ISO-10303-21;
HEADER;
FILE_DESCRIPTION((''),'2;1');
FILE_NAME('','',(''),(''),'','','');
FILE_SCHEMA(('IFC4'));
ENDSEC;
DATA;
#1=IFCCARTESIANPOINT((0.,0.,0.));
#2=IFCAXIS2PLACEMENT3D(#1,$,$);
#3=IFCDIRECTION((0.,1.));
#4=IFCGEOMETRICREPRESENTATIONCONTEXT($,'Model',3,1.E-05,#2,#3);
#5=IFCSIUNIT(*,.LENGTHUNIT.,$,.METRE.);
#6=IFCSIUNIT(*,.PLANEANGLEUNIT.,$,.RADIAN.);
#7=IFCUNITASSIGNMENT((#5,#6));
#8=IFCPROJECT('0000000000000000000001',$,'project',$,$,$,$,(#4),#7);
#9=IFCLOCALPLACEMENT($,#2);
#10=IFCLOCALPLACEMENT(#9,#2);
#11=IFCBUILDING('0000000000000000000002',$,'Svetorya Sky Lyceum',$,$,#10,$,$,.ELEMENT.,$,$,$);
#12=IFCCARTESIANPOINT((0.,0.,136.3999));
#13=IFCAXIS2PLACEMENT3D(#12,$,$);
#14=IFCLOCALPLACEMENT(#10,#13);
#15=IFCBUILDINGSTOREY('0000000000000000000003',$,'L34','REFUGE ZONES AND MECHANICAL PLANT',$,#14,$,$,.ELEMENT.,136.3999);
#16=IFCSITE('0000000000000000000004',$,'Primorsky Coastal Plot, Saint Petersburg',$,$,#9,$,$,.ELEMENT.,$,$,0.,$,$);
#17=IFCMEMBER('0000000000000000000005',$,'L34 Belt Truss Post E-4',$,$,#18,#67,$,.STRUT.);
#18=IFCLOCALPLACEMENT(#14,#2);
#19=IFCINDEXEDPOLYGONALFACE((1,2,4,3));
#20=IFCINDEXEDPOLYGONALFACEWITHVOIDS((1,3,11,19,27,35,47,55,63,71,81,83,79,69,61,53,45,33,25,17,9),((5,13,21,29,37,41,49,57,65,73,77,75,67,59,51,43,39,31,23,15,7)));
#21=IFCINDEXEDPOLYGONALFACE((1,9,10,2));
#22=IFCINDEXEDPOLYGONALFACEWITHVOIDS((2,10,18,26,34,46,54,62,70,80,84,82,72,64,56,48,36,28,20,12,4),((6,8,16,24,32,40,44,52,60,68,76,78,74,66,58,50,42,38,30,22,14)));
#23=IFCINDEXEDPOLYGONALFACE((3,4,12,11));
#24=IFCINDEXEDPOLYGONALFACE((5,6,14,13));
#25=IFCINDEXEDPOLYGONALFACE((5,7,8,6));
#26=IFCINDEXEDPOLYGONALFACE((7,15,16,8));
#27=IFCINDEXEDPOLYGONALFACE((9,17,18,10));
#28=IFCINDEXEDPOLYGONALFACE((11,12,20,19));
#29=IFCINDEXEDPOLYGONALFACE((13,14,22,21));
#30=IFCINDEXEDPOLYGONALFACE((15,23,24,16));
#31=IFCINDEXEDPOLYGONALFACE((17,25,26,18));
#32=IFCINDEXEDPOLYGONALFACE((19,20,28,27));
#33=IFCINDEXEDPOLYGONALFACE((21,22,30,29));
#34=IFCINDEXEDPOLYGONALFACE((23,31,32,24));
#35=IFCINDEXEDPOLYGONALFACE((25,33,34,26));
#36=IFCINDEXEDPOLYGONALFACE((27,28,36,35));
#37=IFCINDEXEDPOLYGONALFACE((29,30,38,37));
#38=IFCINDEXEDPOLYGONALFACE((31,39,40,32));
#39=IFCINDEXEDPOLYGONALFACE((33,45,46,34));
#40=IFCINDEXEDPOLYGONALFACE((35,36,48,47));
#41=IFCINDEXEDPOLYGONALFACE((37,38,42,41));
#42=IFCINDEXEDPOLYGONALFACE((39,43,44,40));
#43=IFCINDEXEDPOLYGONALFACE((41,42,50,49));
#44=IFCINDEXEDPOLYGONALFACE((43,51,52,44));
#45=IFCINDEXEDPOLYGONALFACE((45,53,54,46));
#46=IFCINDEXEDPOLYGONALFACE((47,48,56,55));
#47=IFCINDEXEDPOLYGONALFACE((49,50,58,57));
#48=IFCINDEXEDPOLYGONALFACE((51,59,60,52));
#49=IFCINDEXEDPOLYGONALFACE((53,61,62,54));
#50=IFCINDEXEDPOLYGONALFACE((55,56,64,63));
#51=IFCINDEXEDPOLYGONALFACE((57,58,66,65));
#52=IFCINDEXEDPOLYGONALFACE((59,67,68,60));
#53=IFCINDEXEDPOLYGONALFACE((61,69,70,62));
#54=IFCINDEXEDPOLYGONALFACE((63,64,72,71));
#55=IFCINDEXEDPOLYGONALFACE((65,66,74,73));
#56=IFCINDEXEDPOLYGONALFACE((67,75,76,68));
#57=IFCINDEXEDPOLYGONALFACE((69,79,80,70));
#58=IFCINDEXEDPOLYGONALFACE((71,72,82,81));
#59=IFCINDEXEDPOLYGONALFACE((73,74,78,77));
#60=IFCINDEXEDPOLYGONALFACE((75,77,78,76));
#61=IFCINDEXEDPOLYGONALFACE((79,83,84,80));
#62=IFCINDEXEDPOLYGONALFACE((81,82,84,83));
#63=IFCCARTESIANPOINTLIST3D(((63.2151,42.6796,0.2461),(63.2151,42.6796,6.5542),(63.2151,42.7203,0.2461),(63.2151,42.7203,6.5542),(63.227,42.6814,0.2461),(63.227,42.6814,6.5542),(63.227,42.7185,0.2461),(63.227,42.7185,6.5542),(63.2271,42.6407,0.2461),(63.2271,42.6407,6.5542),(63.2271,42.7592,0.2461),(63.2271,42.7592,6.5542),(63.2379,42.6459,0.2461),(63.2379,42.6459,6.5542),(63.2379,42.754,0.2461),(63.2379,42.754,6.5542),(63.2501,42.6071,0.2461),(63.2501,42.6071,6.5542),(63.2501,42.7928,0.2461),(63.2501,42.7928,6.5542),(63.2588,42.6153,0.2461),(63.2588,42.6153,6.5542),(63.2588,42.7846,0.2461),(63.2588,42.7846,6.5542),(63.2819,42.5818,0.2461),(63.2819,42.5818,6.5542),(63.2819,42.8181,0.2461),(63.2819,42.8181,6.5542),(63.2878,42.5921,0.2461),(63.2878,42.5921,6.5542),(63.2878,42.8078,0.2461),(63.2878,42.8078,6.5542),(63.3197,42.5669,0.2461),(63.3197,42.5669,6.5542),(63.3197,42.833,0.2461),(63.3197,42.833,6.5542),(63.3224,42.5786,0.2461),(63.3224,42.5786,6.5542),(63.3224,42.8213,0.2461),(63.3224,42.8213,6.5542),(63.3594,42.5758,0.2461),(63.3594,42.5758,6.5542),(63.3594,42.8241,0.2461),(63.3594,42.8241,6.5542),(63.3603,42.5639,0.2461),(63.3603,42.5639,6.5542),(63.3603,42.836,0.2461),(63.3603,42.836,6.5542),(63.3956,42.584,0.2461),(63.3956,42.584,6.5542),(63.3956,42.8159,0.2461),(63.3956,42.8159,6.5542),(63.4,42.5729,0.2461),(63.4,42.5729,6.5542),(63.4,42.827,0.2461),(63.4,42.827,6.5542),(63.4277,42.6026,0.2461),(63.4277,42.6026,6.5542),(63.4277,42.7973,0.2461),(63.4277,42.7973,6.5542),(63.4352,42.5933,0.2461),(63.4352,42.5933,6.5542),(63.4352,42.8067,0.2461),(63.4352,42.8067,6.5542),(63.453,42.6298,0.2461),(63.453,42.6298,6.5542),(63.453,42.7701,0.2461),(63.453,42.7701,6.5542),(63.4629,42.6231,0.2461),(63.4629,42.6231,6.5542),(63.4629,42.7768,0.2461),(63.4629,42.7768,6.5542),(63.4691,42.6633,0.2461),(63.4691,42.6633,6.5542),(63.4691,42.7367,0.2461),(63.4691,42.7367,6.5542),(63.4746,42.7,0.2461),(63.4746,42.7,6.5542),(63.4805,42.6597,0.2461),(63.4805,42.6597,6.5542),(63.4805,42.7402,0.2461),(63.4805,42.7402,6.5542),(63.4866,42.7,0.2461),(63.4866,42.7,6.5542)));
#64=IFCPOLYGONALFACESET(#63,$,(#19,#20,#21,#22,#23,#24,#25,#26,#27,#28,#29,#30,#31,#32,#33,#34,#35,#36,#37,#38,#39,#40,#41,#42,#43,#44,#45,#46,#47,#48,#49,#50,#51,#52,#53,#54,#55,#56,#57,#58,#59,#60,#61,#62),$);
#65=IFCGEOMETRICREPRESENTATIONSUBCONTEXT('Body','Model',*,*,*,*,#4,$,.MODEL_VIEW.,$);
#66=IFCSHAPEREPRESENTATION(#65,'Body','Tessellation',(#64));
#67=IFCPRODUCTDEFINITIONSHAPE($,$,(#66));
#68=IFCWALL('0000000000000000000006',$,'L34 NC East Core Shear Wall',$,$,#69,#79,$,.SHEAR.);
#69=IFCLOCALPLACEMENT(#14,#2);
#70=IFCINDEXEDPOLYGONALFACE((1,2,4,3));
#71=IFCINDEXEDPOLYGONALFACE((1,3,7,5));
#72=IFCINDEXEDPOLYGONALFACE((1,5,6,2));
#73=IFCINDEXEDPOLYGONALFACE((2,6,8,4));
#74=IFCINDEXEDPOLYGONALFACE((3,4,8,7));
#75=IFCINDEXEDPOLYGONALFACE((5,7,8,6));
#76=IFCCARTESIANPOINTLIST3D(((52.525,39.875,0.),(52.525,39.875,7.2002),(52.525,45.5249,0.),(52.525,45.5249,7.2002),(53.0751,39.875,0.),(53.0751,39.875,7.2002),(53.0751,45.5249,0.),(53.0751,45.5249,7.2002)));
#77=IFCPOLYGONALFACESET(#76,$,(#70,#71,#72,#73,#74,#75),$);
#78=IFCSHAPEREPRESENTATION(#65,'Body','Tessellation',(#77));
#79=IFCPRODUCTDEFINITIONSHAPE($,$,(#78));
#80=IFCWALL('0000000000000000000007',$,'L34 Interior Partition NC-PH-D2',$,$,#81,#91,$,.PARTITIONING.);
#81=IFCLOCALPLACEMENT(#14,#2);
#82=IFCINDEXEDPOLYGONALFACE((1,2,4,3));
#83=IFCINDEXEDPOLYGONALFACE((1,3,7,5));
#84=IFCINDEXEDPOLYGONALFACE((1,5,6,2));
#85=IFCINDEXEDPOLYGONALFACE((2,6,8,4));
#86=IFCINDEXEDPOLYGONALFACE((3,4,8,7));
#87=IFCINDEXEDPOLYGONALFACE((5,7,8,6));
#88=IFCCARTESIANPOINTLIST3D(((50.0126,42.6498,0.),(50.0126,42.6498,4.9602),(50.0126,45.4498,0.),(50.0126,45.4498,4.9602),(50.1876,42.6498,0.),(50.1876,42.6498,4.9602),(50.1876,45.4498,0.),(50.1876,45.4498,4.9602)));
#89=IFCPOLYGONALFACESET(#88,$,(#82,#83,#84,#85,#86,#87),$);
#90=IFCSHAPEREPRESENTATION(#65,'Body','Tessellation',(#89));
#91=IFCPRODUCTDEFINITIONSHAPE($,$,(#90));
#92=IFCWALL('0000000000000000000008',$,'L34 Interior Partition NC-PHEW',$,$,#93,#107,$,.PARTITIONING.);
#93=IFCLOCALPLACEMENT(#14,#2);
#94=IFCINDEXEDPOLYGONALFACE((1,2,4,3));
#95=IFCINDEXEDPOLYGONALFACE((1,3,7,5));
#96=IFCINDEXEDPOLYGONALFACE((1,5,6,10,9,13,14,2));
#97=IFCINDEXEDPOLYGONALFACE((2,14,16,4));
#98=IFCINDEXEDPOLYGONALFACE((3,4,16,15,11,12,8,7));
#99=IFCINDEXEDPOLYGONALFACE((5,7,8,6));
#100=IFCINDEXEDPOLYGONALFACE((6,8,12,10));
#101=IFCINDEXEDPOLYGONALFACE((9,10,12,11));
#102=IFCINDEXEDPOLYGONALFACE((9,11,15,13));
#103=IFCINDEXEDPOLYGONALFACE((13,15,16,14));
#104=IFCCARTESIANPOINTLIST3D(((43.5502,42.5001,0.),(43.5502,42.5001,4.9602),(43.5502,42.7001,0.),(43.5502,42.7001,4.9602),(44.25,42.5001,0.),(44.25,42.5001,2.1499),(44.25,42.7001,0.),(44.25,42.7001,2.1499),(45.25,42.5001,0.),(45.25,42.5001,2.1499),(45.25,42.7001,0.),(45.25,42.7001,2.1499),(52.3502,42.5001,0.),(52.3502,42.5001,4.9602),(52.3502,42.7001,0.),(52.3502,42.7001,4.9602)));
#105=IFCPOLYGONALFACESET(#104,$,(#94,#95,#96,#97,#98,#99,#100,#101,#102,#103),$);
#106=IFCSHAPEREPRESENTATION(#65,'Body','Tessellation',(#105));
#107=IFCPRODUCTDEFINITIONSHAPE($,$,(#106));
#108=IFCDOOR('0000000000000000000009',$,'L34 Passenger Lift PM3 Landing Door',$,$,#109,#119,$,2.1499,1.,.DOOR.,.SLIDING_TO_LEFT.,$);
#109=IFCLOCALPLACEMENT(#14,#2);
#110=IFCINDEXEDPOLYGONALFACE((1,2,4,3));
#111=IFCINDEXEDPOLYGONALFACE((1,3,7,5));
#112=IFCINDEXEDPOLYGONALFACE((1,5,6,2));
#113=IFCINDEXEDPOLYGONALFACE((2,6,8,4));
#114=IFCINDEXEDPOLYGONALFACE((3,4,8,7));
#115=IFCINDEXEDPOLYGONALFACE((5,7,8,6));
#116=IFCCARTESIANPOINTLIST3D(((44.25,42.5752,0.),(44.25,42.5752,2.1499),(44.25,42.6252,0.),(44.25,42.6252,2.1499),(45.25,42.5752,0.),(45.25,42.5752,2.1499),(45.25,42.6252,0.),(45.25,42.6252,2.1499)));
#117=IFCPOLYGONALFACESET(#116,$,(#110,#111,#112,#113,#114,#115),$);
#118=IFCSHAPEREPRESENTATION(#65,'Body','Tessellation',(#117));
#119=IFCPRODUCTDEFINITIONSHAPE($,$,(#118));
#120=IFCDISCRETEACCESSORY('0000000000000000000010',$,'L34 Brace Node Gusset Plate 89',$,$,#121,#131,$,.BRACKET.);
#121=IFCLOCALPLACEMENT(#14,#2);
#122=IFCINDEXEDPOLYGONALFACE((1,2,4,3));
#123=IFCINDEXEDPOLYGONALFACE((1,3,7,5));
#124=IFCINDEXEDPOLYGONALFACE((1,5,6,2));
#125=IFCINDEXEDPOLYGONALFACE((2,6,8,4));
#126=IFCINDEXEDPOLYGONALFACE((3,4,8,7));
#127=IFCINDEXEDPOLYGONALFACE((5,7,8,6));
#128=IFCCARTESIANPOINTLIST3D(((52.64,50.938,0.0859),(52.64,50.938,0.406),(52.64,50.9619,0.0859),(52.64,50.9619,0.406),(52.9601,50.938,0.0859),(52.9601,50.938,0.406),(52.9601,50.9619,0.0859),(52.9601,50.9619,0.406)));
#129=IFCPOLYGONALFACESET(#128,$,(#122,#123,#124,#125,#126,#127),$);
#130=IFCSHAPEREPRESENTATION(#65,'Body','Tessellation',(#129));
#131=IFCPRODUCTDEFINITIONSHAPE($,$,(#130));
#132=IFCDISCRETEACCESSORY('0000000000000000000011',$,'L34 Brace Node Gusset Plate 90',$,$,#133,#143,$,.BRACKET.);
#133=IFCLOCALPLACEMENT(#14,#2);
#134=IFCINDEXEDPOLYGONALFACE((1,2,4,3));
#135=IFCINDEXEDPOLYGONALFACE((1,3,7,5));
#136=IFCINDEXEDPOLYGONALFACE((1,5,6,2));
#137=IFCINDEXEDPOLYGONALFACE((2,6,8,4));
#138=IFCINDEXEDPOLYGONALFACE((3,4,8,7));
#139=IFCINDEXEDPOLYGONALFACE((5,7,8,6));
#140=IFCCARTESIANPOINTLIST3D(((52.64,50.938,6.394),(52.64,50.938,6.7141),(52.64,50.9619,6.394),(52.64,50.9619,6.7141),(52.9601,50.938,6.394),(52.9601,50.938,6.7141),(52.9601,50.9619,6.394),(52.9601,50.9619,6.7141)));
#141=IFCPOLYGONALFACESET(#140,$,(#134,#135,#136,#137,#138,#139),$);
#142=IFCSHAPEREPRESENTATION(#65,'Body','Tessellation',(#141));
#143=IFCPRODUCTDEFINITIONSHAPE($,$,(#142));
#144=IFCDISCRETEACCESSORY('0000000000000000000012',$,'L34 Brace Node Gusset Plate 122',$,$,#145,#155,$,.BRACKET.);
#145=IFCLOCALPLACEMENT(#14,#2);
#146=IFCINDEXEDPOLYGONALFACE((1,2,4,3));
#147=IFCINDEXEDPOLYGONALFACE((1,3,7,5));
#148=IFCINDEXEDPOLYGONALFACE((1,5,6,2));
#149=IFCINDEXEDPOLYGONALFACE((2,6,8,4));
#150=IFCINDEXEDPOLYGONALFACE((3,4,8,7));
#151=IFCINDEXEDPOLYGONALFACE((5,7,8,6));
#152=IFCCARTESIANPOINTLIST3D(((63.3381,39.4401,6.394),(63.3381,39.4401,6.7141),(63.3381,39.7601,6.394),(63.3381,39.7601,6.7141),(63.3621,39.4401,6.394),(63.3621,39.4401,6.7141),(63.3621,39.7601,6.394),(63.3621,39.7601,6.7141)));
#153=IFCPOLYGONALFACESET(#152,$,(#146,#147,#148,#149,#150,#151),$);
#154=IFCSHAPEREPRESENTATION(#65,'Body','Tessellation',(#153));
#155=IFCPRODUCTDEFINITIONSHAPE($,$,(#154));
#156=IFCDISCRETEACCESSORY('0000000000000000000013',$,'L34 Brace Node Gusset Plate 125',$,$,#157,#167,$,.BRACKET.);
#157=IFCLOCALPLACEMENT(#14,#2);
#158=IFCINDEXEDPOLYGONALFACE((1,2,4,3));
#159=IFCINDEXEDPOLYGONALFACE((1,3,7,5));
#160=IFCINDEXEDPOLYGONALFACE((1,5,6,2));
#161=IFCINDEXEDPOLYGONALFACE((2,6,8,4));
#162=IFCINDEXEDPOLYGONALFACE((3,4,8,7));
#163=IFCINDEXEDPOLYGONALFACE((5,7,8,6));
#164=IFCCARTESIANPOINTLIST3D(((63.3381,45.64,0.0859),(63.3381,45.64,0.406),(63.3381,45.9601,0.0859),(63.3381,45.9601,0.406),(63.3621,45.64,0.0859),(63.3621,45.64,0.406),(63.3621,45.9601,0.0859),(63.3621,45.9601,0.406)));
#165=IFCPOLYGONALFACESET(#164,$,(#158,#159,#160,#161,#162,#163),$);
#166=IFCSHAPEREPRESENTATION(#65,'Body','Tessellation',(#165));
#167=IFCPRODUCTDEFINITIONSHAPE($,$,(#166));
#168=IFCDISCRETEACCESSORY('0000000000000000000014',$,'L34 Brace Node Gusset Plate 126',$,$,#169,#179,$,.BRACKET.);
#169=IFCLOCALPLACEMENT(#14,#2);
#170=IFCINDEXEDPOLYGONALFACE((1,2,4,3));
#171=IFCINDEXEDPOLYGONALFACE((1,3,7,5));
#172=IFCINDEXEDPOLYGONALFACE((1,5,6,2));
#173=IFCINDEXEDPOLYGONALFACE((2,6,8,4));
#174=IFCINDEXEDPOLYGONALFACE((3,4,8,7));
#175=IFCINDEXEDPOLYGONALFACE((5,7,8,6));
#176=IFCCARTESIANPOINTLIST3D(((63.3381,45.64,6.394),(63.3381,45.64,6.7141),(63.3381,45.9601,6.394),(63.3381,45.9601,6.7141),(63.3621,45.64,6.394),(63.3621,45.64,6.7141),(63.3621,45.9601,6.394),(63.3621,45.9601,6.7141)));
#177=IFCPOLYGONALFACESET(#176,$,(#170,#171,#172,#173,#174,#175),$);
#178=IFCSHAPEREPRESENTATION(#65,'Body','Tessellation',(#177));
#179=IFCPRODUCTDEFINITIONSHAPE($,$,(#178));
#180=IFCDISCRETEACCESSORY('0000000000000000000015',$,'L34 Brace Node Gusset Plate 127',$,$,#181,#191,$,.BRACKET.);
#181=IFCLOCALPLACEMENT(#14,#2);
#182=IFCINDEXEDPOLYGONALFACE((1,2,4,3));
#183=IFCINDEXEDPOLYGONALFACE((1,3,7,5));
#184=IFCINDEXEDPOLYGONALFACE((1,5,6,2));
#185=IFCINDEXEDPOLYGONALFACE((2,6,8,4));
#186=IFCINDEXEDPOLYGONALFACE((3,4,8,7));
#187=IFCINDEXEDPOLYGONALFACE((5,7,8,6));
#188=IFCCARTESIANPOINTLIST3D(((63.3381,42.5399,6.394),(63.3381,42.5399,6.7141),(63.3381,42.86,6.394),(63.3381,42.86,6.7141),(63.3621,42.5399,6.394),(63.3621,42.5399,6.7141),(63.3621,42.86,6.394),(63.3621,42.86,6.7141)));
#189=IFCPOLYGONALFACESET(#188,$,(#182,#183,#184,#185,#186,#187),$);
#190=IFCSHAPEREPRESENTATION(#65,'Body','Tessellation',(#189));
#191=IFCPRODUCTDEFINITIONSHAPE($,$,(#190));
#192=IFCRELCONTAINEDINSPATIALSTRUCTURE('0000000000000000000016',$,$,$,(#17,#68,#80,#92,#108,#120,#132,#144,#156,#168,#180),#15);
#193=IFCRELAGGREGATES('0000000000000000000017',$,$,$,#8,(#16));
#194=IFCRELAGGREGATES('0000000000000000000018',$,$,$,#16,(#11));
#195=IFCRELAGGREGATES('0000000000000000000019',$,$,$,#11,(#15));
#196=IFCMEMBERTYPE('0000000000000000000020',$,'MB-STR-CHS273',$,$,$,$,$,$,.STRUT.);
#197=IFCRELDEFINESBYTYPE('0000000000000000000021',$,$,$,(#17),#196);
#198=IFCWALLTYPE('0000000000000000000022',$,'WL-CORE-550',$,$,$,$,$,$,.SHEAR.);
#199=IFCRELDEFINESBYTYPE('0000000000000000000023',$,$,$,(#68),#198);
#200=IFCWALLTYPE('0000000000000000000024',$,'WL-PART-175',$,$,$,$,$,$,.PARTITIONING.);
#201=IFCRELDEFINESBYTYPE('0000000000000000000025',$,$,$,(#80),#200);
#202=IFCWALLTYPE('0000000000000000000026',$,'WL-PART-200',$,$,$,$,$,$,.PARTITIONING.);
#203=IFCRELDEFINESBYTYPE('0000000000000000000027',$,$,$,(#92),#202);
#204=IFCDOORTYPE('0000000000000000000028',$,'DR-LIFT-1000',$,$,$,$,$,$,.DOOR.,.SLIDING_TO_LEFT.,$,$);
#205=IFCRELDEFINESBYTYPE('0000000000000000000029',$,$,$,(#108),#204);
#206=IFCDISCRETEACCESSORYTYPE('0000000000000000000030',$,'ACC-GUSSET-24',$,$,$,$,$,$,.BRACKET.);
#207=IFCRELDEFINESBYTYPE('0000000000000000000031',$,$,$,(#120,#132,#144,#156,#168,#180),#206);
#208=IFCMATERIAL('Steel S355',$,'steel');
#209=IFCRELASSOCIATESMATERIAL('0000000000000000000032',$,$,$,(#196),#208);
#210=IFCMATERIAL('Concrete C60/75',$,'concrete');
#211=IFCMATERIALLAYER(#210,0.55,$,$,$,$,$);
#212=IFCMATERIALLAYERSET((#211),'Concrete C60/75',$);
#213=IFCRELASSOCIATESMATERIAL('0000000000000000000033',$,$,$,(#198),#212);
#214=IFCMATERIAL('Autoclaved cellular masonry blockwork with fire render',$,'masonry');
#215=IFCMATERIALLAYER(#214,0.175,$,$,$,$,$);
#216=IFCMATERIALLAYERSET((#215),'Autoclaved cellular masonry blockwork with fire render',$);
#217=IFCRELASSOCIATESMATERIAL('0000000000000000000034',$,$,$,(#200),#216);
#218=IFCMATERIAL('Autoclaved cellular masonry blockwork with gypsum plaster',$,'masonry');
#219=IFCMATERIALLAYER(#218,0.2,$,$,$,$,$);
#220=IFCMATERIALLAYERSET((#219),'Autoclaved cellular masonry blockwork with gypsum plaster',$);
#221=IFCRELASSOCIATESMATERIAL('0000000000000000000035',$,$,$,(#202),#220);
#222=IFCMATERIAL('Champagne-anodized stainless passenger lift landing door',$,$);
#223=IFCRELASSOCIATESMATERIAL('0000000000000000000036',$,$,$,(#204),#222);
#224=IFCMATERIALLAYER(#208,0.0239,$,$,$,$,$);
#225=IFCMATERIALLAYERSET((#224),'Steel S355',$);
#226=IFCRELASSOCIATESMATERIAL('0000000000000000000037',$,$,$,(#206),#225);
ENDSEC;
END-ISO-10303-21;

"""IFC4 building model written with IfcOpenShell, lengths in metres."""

from ifc_helpers import new_model, si_unit, direction, frame, frame_2d, origin, origin_2d, place, context, subcontext, project, spatial, rectangle, hollow_circle, extrude, material, layer, layer_set, material_profile, profile_set, type_object, element, fill, save


model = new_model("IFC4")

# Units and contexts
model_context = context("Model", 3, precision=1e-05, world=origin(), true_north=direction((0.0, 1.0)))
body_context = subcontext(model_context, "Body", "Model", "MODEL_VIEW")
ifc_project = project(units=[si_unit("LENGTHUNIT", "METRE"), si_unit("PLANEANGLEUNIT", "RADIAN")], contexts=[model_context])

# Site, building, storey
site_placement = place(None, origin())
site = spatial("IfcSite", under=ifc_project, at=site_placement, Name="Primorsky Coastal Plot, Saint Petersburg", CompositionType="ELEMENT", RefElevation=0.0)
building_placement = place(site_placement, origin())
building = spatial("IfcBuilding", under=site, at=building_placement, Name="Svetorya Sky Lyceum", CompositionType="ELEMENT")
storey_placement = place(building_placement, frame((0.0, 0.0, 136.3999)))
storey = spatial("IfcBuildingStorey", under=building, at=storey_placement, Name="L34", Description="REFUGE ZONES AND MECHANICAL PLANT", CompositionType="ELEMENT", Elevation=136.3999)

# Shared definitions
ifc_material_1 = material(Name="Steel S355", Category="steel")
ifc_material_2 = material(Name="Concrete C60/75", Category="concrete")

# Member
ifc_material_profile_1 = material_profile(ifc_material_1, hollow_circle(Radius=0.1365, WallThickness=0.012, at=origin_2d()), Name="CHS 273x12")
ifc_profile_set_1 = profile_set([ifc_material_profile_1], Name="Steel S355")
member_type_1 = type_object("IfcMemberType", Name="MB-STR-CHS273", PredefinedType="STRUT", material=ifc_profile_set_1)
member_1_placement = place(storey_placement, frame((63.3501, 42.7, 0.2461), z_axis=(0.0, 0.0, 1.0), x_axis=(1.0, 0.0, 0.0)))
element("IfcMember", 1, at=member_1_placement, inside=storey, type_object=member_type_1, Name="L34 Belt Truss Post E-4", PredefinedType="STRUT", context=body_context, shape_type="SweptSolid", body=[
    extrude(hollow_circle(Radius=0.1365, WallThickness=0.012, at=origin_2d()), origin(), (0.0, 0.0, 1.0), 6.3081),
])

# Walls
ifc_layer_1 = layer(ifc_material_2, 0.55)
ifc_layer_set_1 = layer_set([ifc_layer_1], Name="Concrete C60/75")
wall_type_1 = type_object("IfcWallType", Name="WL-CORE-550", PredefinedType="SHEAR", material=ifc_layer_set_1)
wall_1_placement = place(storey_placement, frame((52.8, 39.875, 0.0), z_axis=(0.0, 0.0, 1.0), x_axis=(0.0, 1.0, 0.0)))
element("IfcWall", 2, at=wall_1_placement, inside=storey, type_object=wall_type_1, Name="L34 NC East Core Shear Wall", PredefinedType="SHEAR", context=body_context, shape_type="SweptSolid", body=[
    extrude(rectangle(XDim=5.6499, YDim=0.55, at=frame_2d((2.825, 0.0))), origin(), (0.0, 0.0, 1.0), 7.2002),
])
ifc_material_3 = material(Name="Autoclaved cellular masonry blockwork with fire render", Category="masonry")
ifc_layer_2 = layer(ifc_material_3, 0.175)
ifc_layer_set_2 = layer_set([ifc_layer_2], Name="Autoclaved cellular masonry blockwork with fire render")
wall_type_2 = type_object("IfcWallType", Name="WL-PART-175", PredefinedType="PARTITIONING", material=ifc_layer_set_2)
wall_2_placement = place(storey_placement, frame((50.1001, 42.6499, 0.0), z_axis=(0.0, 0.0, 1.0), x_axis=(0.0, 1.0, 0.0)))
element("IfcWall", 3, at=wall_2_placement, inside=storey, type_object=wall_type_2, Name="L34 Interior Partition NC-PH-D2", PredefinedType="PARTITIONING", context=body_context, shape_type="SweptSolid", body=[
    extrude(rectangle(XDim=2.8, YDim=0.175, at=frame_2d((1.3999, 0.0))), origin(), (0.0, 0.0, 1.0), 4.9602),
])

# Wall, opening, door
ifc_material_4 = material(Name="Autoclaved cellular masonry blockwork with gypsum plaster", Category="masonry")
ifc_layer_3 = layer(ifc_material_4, 0.2)
ifc_layer_set_3 = layer_set([ifc_layer_3], Name="Autoclaved cellular masonry blockwork with gypsum plaster")
wall_type_3 = type_object("IfcWallType", Name="WL-PART-200", PredefinedType="PARTITIONING", material=ifc_layer_set_3)
wall_3_placement = place(storey_placement, frame((52.3501, 42.6001, 0.0), z_axis=(0.0, 0.0, 1.0), x_axis=(-1.0, 0.0, 0.0)))
wall_3 = element("IfcWall", 4, at=wall_3_placement, inside=storey, type_object=wall_type_3, Name="L34 Interior Partition NC-PHEW", PredefinedType="PARTITIONING", context=body_context, shape_type="SweptSolid", body=[
    extrude(rectangle(XDim=8.8, YDim=0.2, at=frame_2d((4.3999, 0.0))), origin(), (0.0, 0.0, 1.0), 4.9602),
])
opening_placement = place(wall_3_placement, frame((7.1001, 0.0, 0.0)))
opening = element("IfcOpeningElement", 5, at=opening_placement, cuts=wall_3, PredefinedType="OPENING", context=body_context, shape_type="SweptSolid", body=[
    extrude(rectangle(XDim=1.0, YDim=2.1499, at=frame_2d((0.5, 1.075))), frame((0.0, 0.1099, 0.0), z_axis=(0.0, -1.0, 0.0), x_axis=(1.0, 0.0, 0.0)), (0.0, 0.0, 1.0), 0.22),
])
ifc_material_5 = material(Name="Champagne-anodized stainless passenger lift landing door")
door_type = type_object("IfcDoorType", Name="DR-LIFT-1000", OperationType="SLIDING_TO_LEFT", PredefinedType="DOOR", material=ifc_material_5)
door_placement = place(opening_placement, origin())
door = element("IfcDoor", 6, at=door_placement, inside=storey, type_object=door_type, Name="L34 Passenger Lift PM3 Landing Door", OperationType="SLIDING_TO_LEFT", OverallHeight=2.1499, OverallWidth=1.0, PredefinedType="DOOR", context=body_context, shape_type="SweptSolid", body=[
    extrude(rectangle(XDim=1.0, YDim=2.1499, at=frame_2d((0.5, 1.075))), frame((0.0, 0.0249, 0.0), z_axis=(0.0, -1.0, 0.0), x_axis=(1.0, 0.0, 0.0)), (0.0, 0.0, 1.0), 0.05),
])
fill(opening, door)

# Discrete accessories
ifc_layer_4 = layer(ifc_material_1, 0.0239)
ifc_layer_set_4 = layer_set([ifc_layer_4], Name="Steel S355")
discrete_accessory_type = type_object("IfcDiscreteAccessoryType", Name="ACC-GUSSET-24", PredefinedType="BRACKET", material=ifc_layer_set_4)
for number, where, z_axis, x_axis, name in (
    (7, (52.8, 50.95, 0.0859), (0.0, 0.0, 1.0), (1.0, 0.0, 0.0), "L34 Brace Node Gusset Plate 89"),
    (8, (52.8, 50.95, 6.394), (0.0, 0.0, 1.0), (1.0, 0.0, 0.0), "L34 Brace Node Gusset Plate 90"),
):
    element("IfcDiscreteAccessory", number, at=place(storey_placement, frame(where, z_axis=z_axis, x_axis=x_axis)), inside=storey, type_object=discrete_accessory_type, Name=name, PredefinedType="BRACKET", context=body_context, shape_type="SweptSolid", body=[
        extrude(rectangle(XDim=0.3201, YDim=0.0239, at=origin_2d()), origin(), (0.0, 0.0, 1.0), 0.3201),
    ])
for number, where, z_axis, x_axis, name in (
    (9, (63.3501, 39.6001, 6.394), (0.0, 0.0, 1.0), (1.0, 0.0, 0.0), "L34 Brace Node Gusset Plate 122"),
    (10, (63.3501, 45.8, 0.0859), (0.0, 0.0, 1.0), (1.0, 0.0, 0.0), "L34 Brace Node Gusset Plate 125"),
    (11, (63.3501, 45.8, 6.394), (0.0, 0.0, 1.0), (1.0, 0.0, 0.0), "L34 Brace Node Gusset Plate 126"),
    (12, (63.3501, 42.7, 6.394), (0.0, 0.0, 1.0), (1.0, 0.0, 0.0), "L34 Brace Node Gusset Plate 127"),
):
    element("IfcDiscreteAccessory", number, at=place(storey_placement, frame(where, z_axis=z_axis, x_axis=x_axis)), inside=storey, type_object=discrete_accessory_type, Name=name, PredefinedType="BRACKET", context=body_context, shape_type="SweptSolid", body=[
        extrude(rectangle(XDim=0.0239, YDim=0.3201, at=origin_2d()), origin(), (0.0, 0.0, 1.0), 0.3201),
    ])

save(model, "model.ifc")
